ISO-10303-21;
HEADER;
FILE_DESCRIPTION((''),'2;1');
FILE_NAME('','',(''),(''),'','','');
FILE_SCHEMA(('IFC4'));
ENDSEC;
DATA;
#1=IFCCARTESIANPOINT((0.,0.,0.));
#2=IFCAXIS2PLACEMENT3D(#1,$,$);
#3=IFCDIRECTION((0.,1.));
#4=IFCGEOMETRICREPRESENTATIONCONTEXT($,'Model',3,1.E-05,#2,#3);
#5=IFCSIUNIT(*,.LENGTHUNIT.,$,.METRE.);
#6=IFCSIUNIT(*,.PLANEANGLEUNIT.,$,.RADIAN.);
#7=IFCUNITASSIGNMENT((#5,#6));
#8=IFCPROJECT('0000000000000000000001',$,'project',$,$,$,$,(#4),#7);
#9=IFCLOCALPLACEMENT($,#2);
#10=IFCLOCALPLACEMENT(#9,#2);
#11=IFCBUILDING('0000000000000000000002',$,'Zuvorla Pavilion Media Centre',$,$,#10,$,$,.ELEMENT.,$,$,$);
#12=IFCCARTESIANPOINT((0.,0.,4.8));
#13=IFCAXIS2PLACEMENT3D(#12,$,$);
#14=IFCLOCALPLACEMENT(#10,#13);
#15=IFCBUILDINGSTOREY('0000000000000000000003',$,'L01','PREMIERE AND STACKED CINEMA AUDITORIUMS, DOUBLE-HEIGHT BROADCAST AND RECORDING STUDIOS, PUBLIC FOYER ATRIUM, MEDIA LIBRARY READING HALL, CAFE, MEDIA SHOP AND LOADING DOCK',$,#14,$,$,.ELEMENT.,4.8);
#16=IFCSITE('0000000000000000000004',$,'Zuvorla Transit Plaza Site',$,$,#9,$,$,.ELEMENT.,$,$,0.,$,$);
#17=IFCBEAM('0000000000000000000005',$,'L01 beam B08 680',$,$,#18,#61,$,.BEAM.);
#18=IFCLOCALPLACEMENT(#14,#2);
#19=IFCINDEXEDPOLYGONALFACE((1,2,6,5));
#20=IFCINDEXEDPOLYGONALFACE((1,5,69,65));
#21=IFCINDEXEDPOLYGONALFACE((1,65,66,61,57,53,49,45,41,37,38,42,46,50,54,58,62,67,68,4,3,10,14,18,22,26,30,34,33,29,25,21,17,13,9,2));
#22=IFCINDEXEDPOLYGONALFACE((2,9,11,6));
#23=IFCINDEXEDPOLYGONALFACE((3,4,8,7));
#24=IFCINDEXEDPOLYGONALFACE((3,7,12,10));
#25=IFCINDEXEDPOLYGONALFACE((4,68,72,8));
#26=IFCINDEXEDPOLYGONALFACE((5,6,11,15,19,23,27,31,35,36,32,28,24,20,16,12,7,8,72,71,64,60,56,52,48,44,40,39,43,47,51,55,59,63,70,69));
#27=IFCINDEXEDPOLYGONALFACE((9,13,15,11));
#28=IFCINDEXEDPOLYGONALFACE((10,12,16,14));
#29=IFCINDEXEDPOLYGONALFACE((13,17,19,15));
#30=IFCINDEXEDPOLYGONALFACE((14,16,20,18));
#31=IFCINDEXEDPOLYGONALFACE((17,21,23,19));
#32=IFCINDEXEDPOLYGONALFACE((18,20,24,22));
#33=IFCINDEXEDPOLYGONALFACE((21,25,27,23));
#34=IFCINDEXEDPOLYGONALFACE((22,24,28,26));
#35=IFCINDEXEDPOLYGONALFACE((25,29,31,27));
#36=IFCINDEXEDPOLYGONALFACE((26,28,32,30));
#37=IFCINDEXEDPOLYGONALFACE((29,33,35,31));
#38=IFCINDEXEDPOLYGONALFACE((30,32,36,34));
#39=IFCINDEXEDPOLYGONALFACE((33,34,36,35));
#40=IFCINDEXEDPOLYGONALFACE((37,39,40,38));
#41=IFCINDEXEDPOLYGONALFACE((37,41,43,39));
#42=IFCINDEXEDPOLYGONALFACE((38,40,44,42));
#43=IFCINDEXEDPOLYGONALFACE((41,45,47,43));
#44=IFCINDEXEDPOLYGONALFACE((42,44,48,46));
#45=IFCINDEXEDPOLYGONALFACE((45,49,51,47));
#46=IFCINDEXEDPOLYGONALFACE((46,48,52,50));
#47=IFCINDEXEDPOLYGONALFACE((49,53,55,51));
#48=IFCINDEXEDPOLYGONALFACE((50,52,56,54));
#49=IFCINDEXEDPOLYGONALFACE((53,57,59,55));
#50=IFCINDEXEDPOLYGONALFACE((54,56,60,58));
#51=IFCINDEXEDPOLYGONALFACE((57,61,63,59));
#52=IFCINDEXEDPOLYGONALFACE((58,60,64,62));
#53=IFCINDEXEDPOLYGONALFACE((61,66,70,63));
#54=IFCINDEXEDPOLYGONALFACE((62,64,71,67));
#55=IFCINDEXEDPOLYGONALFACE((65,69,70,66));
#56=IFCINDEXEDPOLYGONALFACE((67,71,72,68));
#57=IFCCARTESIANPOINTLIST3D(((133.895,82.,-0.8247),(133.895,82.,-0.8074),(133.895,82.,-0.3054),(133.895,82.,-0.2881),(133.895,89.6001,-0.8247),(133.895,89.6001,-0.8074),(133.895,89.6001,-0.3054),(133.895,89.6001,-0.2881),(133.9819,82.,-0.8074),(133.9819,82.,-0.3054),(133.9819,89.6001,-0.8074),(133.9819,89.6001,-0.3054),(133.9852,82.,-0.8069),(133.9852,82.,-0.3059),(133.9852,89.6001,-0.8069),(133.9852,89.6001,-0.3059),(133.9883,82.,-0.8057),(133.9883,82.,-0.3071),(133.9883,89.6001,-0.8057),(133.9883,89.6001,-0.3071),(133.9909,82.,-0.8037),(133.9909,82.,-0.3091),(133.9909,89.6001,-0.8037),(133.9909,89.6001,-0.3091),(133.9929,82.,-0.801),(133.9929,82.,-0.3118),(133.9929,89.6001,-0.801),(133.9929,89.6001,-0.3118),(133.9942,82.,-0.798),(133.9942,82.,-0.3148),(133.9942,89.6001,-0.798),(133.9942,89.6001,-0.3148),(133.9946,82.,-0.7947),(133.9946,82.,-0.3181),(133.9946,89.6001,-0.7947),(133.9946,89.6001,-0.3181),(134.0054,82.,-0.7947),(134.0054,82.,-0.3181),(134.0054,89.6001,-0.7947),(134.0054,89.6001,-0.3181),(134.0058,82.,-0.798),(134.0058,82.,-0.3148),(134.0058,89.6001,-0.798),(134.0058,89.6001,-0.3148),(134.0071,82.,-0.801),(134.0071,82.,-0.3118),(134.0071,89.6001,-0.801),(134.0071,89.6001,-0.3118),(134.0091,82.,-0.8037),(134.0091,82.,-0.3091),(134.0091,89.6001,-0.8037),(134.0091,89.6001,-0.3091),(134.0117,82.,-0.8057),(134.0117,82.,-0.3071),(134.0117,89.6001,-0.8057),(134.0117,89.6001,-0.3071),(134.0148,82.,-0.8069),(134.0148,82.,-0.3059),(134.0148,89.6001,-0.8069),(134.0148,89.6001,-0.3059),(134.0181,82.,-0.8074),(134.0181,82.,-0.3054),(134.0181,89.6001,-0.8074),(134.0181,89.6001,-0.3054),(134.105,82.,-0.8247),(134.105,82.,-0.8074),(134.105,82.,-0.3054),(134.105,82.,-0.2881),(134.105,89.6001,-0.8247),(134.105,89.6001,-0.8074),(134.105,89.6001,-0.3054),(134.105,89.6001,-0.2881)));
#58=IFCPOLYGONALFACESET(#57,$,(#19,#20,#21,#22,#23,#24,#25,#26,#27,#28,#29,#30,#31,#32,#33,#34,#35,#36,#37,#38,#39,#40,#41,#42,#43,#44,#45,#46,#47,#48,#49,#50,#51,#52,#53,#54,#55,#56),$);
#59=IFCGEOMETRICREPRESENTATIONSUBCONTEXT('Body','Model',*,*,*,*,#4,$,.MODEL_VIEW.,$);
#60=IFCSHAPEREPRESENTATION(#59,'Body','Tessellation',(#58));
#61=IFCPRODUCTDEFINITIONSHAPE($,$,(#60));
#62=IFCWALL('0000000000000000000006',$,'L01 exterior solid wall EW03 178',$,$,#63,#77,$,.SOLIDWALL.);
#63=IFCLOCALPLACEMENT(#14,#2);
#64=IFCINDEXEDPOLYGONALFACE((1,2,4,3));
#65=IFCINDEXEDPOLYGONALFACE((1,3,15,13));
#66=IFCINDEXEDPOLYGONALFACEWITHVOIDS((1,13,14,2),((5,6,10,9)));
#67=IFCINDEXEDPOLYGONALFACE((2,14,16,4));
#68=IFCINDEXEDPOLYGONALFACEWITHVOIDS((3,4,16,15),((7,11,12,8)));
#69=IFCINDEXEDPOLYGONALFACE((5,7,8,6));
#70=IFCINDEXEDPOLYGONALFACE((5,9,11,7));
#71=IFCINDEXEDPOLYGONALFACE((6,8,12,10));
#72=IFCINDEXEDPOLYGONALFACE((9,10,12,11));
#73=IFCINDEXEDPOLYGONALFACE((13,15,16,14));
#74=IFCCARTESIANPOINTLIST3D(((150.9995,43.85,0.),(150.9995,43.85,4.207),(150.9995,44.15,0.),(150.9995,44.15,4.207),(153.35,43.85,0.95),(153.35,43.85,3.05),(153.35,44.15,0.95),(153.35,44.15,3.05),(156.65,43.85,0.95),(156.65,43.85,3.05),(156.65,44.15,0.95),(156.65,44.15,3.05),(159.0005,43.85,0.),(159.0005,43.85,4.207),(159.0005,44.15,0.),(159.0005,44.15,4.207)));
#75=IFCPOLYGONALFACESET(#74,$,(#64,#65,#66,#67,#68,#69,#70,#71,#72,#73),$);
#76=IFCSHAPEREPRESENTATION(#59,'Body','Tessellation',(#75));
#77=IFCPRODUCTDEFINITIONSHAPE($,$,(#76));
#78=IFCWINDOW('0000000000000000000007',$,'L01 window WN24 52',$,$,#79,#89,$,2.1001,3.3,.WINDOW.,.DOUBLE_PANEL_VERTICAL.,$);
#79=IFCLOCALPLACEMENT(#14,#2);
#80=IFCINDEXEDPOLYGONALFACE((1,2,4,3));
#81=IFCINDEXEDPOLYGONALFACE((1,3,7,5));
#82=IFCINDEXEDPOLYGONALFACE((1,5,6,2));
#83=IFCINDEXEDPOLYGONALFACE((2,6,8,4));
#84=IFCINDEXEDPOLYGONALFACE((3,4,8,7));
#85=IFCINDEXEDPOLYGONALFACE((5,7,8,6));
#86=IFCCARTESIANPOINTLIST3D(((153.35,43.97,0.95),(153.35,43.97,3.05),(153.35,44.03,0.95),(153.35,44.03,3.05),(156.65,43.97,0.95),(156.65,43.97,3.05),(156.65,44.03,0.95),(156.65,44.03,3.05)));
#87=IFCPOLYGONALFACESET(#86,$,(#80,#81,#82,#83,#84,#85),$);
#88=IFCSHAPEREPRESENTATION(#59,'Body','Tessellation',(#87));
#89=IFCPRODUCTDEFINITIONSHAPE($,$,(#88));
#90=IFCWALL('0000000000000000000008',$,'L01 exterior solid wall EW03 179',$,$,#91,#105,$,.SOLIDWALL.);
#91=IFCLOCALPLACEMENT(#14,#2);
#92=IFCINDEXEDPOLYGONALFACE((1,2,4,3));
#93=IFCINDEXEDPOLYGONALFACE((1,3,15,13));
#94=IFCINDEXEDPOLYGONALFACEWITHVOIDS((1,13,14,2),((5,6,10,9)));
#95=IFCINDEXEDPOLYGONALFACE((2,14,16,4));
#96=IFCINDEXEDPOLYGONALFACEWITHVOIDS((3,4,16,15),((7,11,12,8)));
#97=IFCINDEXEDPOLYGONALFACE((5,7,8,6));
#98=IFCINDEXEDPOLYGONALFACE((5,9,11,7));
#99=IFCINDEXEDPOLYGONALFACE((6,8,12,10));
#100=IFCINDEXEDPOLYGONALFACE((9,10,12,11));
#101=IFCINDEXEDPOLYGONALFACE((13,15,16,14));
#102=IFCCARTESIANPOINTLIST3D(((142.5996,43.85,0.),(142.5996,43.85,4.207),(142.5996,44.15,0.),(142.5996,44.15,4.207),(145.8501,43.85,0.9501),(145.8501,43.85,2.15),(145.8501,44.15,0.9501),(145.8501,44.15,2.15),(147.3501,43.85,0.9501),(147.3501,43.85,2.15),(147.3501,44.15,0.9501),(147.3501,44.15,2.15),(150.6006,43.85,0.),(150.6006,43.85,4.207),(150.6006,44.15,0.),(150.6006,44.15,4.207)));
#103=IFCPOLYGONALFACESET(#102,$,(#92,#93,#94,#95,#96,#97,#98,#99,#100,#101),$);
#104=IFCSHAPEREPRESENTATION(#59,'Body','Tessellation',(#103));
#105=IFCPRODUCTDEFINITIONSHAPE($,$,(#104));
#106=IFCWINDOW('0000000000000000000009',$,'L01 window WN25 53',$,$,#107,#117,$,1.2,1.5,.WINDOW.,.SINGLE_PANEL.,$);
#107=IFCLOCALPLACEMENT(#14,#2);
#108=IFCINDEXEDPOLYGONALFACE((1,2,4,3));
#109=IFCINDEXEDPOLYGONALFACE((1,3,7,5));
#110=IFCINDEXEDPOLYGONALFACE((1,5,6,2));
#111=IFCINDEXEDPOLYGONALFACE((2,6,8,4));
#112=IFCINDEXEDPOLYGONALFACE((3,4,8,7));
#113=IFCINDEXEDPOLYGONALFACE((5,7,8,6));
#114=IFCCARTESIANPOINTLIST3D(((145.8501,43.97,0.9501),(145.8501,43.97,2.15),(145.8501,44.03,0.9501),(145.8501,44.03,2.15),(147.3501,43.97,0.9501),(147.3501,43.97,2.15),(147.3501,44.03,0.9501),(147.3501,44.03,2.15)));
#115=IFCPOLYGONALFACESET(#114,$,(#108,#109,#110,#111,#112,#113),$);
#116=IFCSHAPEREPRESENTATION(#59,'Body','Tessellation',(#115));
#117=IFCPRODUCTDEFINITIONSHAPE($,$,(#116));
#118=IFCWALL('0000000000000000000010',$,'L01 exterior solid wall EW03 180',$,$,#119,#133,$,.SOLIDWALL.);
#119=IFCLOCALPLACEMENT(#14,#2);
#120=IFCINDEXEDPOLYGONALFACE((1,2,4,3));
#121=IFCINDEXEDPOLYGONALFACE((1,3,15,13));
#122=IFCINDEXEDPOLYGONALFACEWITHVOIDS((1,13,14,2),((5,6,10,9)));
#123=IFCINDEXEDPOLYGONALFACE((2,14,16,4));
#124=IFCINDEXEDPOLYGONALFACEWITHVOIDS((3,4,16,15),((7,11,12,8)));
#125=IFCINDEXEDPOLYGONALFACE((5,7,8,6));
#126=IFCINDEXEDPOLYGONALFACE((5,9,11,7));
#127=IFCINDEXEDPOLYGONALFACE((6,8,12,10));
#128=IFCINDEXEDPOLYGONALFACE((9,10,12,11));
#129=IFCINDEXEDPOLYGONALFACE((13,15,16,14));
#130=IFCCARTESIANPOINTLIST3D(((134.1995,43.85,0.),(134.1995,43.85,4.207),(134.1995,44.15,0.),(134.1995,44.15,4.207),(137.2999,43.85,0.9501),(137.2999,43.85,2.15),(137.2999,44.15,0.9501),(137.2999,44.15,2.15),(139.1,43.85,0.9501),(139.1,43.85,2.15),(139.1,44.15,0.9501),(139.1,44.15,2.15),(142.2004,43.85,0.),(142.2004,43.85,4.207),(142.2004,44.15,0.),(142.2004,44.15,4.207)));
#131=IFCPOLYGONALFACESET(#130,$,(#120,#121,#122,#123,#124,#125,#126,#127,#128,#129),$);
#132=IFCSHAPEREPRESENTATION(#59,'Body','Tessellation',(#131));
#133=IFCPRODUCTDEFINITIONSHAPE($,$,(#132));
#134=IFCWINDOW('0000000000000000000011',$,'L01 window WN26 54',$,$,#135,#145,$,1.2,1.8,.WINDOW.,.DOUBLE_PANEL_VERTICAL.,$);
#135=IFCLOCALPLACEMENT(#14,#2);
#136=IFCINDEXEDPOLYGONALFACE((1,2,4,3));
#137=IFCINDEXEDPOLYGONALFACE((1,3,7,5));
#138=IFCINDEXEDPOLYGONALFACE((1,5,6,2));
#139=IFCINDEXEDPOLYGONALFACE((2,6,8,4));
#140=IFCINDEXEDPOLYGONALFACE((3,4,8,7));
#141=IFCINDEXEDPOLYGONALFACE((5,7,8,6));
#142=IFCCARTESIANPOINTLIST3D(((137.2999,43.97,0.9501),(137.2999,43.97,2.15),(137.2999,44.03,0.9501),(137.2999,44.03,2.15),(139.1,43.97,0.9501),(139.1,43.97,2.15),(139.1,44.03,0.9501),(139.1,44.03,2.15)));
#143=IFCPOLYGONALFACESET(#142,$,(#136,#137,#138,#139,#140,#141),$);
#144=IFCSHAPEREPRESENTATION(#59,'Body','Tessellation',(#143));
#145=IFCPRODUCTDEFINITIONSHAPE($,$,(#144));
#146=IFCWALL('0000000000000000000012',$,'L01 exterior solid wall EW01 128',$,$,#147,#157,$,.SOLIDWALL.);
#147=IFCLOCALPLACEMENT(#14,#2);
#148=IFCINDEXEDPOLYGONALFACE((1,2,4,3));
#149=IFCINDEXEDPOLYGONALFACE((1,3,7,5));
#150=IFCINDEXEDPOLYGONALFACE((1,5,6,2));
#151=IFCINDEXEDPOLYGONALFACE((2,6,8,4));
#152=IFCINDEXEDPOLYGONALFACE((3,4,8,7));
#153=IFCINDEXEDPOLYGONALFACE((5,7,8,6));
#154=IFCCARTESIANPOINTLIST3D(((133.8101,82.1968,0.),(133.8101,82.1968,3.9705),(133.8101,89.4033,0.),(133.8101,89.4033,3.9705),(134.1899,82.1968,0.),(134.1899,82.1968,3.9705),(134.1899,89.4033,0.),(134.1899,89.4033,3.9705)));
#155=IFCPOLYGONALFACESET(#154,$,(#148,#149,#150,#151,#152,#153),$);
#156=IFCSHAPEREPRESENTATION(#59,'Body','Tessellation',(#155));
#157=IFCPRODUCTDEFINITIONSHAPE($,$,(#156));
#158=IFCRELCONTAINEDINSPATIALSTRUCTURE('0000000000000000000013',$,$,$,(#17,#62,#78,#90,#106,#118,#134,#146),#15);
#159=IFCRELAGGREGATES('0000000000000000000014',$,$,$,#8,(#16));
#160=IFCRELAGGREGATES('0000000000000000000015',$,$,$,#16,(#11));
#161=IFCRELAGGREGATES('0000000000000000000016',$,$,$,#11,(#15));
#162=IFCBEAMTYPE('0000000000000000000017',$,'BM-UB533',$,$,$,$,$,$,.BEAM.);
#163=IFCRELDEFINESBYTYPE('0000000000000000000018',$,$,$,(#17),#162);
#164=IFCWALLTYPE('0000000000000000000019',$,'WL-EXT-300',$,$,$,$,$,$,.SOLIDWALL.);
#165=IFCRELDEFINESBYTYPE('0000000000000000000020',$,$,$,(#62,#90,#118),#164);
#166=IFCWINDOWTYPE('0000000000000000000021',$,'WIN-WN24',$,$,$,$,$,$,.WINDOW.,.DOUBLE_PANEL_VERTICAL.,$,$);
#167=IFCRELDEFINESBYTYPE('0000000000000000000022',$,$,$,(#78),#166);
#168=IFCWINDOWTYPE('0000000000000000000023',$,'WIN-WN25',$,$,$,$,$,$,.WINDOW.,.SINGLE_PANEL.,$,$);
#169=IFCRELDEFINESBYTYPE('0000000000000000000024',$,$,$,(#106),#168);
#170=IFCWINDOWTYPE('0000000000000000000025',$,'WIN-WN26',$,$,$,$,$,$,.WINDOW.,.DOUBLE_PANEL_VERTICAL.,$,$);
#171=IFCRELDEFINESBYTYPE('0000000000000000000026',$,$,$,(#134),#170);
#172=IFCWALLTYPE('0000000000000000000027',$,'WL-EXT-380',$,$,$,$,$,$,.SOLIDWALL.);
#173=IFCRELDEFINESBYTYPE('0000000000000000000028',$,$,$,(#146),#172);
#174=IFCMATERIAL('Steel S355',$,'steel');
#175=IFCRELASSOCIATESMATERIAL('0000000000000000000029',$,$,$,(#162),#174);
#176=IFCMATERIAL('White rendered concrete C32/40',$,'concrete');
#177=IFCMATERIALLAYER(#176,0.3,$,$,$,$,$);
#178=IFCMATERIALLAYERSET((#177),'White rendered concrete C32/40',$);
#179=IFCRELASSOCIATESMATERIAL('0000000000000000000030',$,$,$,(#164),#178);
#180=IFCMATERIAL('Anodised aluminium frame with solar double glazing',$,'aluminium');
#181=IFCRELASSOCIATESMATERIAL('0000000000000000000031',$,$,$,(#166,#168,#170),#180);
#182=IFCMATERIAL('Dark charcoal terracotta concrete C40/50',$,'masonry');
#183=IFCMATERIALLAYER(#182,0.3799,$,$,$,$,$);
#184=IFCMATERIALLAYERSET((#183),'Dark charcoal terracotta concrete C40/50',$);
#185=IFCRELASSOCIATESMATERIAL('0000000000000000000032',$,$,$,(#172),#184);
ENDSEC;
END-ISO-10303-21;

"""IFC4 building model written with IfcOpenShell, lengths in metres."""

from ifc_helpers import new_model, si_unit, direction, frame, frame_2d, origin, origin_2d, place, context, subcontext, project, spatial, rectangle, i_section, extrude, material, layer, layer_set, material_profile, profile_set, type_object, element, fill, save


model = new_model("IFC4")

# Units and contexts
model_context = context("Model", 3, precision=1e-05, world=origin(), true_north=direction((0.0, 1.0)))
body_context = subcontext(model_context, "Body", "Model", "MODEL_VIEW")
ifc_project = project(units=[si_unit("LENGTHUNIT", "METRE"), si_unit("PLANEANGLEUNIT", "RADIAN")], contexts=[model_context])

# Site, building, storey
site_placement = place(None, origin())
site = spatial("IfcSite", under=ifc_project, at=site_placement, Name="Zuvorla Transit Plaza Site", CompositionType="ELEMENT", RefElevation=0.0)
building_placement = place(site_placement, origin())
building = spatial("IfcBuilding", under=site, at=building_placement, Name="Zuvorla Pavilion Media Centre", CompositionType="ELEMENT")
storey_placement = place(building_placement, frame((0.0, 0.0, 4.8)))
storey = spatial("IfcBuildingStorey", under=building, at=storey_placement, Name="L01", Description="PREMIERE AND STACKED CINEMA AUDITORIUMS, DOUBLE-HEIGHT BROADCAST AND RECORDING STUDIOS, PUBLIC FOYER ATRIUM, MEDIA LIBRARY READING HALL, CAFE, MEDIA SHOP AND LOADING DOCK", CompositionType="ELEMENT", Elevation=4.8)

# Shared definitions
ifc_material_1 = material(Name="Steel S355", Category="steel")

# Beam
ifc_material_profile_1 = material_profile(ifc_material_1, i_section(OverallWidth=0.21, OverallDepth=0.5366, WebThickness=0.0107, FlangeThickness=0.0173, FilletRadius=0.0127, at=origin_2d()), Name="UB 533x210x101")
ifc_profile_set_1 = profile_set([ifc_material_profile_1], Name="Steel S355")
beam_type_1 = type_object("IfcBeamType", Name="BM-UB533", PredefinedType="BEAM", material=ifc_profile_set_1)
beam_1_placement = place(storey_placement, frame((134.0, 82.0, -0.5564), z_axis=(0.0, 1.0, 0.0), x_axis=(-1.0, 0.0, 0.0)))
element("IfcBeam", 1, at=beam_1_placement, inside=storey, type_object=beam_type_1, Name="L01 beam B08 680", PredefinedType="BEAM", context=body_context, shape_type="SweptSolid", body=[
    extrude(i_section(OverallWidth=0.21, OverallDepth=0.5366, WebThickness=0.0107, FlangeThickness=0.0173, FilletRadius=0.0127, at=origin_2d()), origin(), (0.0, 0.0, 1.0), 7.6001),
])

# Walls, openings, windows
ifc_material_2 = material(Name="White rendered concrete C32/40", Category="concrete")
ifc_layer_1 = layer(ifc_material_2, 0.3)
ifc_layer_set_1 = layer_set([ifc_layer_1], Name="White rendered concrete C32/40")
wall_type_1 = type_object("IfcWallType", Name="WL-EXT-300", PredefinedType="SOLIDWALL", material=ifc_layer_set_1)
wall_1_placement = place(storey_placement, frame((159.0005, 44.0, 0.0), z_axis=(0.0, 0.0, 1.0), x_axis=(-1.0, 0.0, 0.0)))
wall_1 = element("IfcWall", 2, at=wall_1_placement, inside=storey, type_object=wall_type_1, Name="L01 exterior solid wall EW03 178", PredefinedType="SOLIDWALL", context=body_context, shape_type="SweptSolid", body=[
    extrude(rectangle(XDim=8.001, YDim=0.3, at=frame_2d((4.0005, 0.0))), origin(), (0.0, 0.0, 1.0), 4.207),
])
opening_1_placement = place(wall_1_placement, frame((2.3506, 0.0, 0.95)))
opening_1 = element("IfcOpeningElement", 3, at=opening_1_placement, cuts=wall_1, PredefinedType="OPENING", context=body_context, shape_type="SweptSolid", body=[
    extrude(rectangle(XDim=3.3, YDim=2.1001, at=frame_2d((1.6499, 1.05))), frame((0.0, 0.1599, 0.0), z_axis=(0.0, -1.0, 0.0), x_axis=(1.0, 0.0, 0.0)), (0.0, 0.0, 1.0), 0.3201),
])
ifc_material_3 = material(Name="Anodised aluminium frame with solar double glazing", Category="aluminium")
window_type_1 = type_object("IfcWindowType", Name="WIN-WN24", PartitioningType="DOUBLE_PANEL_VERTICAL", PredefinedType="WINDOW", material=ifc_material_3)
window_1_placement = place(opening_1_placement, origin())
window_1 = element("IfcWindow", 4, at=window_1_placement, inside=storey, type_object=window_type_1, Name="L01 window WN24 52", OverallHeight=2.1001, OverallWidth=3.3, PartitioningType="DOUBLE_PANEL_VERTICAL", PredefinedType="WINDOW", context=body_context, shape_type="SweptSolid", body=[
    extrude(rectangle(XDim=3.3, YDim=2.1001, at=frame_2d((1.6499, 1.05))), frame((0.0, 0.03, 0.0), z_axis=(0.0, -1.0, 0.0), x_axis=(1.0, 0.0, 0.0)), (0.0, 0.0, 1.0), 0.0601),
])
fill(opening_1, window_1)
wall_2_placement = place(storey_placement, frame((150.6006, 44.0, 0.0), z_axis=(0.0, 0.0, 1.0), x_axis=(-1.0, 0.0, 0.0)))
wall_2 = element("IfcWall", 5, at=wall_2_placement, inside=storey, type_object=wall_type_1, Name="L01 exterior solid wall EW03 179", PredefinedType="SOLIDWALL", context=body_context, shape_type="SweptSolid", body=[
    extrude(rectangle(XDim=8.001, YDim=0.3, at=frame_2d((4.0005, 0.0))), origin(), (0.0, 0.0, 1.0), 4.207),
])
opening_2_placement = place(wall_2_placement, frame((3.2505, 0.0, 0.95)))
opening_2 = element("IfcOpeningElement", 6, at=opening_2_placement, cuts=wall_2, PredefinedType="OPENING", context=body_context, shape_type="SweptSolid", body=[
    extrude(rectangle(XDim=1.5, YDim=1.2, at=frame_2d((0.75, 0.6001))), frame((0.0, 0.1599, 0.0), z_axis=(0.0, -1.0, 0.0), x_axis=(1.0, 0.0, 0.0)), (0.0, 0.0, 1.0), 0.3201),
])
window_type_2 = type_object("IfcWindowType", Name="WIN-WN25", PartitioningType="SINGLE_PANEL", PredefinedType="WINDOW", material=ifc_material_3)
window_2_placement = place(opening_2_placement, origin())
window_2 = element("IfcWindow", 7, at=window_2_placement, inside=storey, type_object=window_type_2, Name="L01 window WN25 53", OverallHeight=1.2, OverallWidth=1.5, PartitioningType="SINGLE_PANEL", PredefinedType="WINDOW", context=body_context, shape_type="SweptSolid", body=[
    extrude(rectangle(XDim=1.5, YDim=1.2, at=frame_2d((0.75, 0.6001))), frame((0.0, 0.03, 0.0), z_axis=(0.0, -1.0, 0.0), x_axis=(1.0, 0.0, 0.0)), (0.0, 0.0, 1.0), 0.0601),
])
fill(opening_2, window_2)
wall_3_placement = place(storey_placement, frame((142.2004, 44.0, 0.0), z_axis=(0.0, 0.0, 1.0), x_axis=(-1.0, 0.0, 0.0)))
wall_3 = element("IfcWall", 8, at=wall_3_placement, inside=storey, type_object=wall_type_1, Name="L01 exterior solid wall EW03 180", PredefinedType="SOLIDWALL", context=body_context, shape_type="SweptSolid", body=[
    extrude(rectangle(XDim=8.001, YDim=0.3, at=frame_2d((4.0005, 0.0))), origin(), (0.0, 0.0, 1.0), 4.207),
])
opening_3_placement = place(wall_3_placement, frame((3.1006, 0.0, 0.95)))
opening_3 = element("IfcOpeningElement", 9, at=opening_3_placement, cuts=wall_3, PredefinedType="OPENING", context=body_context, shape_type="SweptSolid", body=[
    extrude(rectangle(XDim=1.8, YDim=1.2, at=frame_2d((0.8999, 0.6001))), frame((0.0, 0.1599, 0.0), z_axis=(0.0, -1.0, 0.0), x_axis=(1.0, 0.0, 0.0)), (0.0, 0.0, 1.0), 0.3201),
])
window_type_3 = type_object("IfcWindowType", Name="WIN-WN26", PartitioningType="DOUBLE_PANEL_VERTICAL", PredefinedType="WINDOW", material=ifc_material_3)
window_3_placement = place(opening_3_placement, origin())
window_3 = element("IfcWindow", 10, at=window_3_placement, inside=storey, type_object=window_type_3, Name="L01 window WN26 54", OverallHeight=1.2, OverallWidth=1.8, PartitioningType="DOUBLE_PANEL_VERTICAL", PredefinedType="WINDOW", context=body_context, shape_type="SweptSolid", body=[
    extrude(rectangle(XDim=1.8, YDim=1.2, at=frame_2d((0.8999, 0.6001))), frame((0.0, 0.03, 0.0), z_axis=(0.0, -1.0, 0.0), x_axis=(1.0, 0.0, 0.0)), (0.0, 0.0, 1.0), 0.0601),
])
fill(opening_3, window_3)

# Wall
ifc_material_4 = material(Name="Dark charcoal terracotta concrete C40/50", Category="masonry")
ifc_layer_2 = layer(ifc_material_4, 0.3799)
ifc_layer_set_2 = layer_set([ifc_layer_2], Name="Dark charcoal terracotta concrete C40/50")
wall_type_2 = type_object("IfcWallType", Name="WL-EXT-380", PredefinedType="SOLIDWALL", material=ifc_layer_set_2)
wall_4_placement = place(storey_placement, frame((134.0, 82.1968, 0.0), z_axis=(0.0, 0.0, 1.0), x_axis=(0.0, 1.0, 0.0)))
element("IfcWall", 11, at=wall_4_placement, inside=storey, type_object=wall_type_2, Name="L01 exterior solid wall EW01 128", PredefinedType="SOLIDWALL", context=body_context, shape_type="SweptSolid", body=[
    extrude(rectangle(XDim=7.2065, YDim=0.3799, at=frame_2d((3.6033, 0.0))), origin(), (0.0, 0.0, 1.0), 3.9705),
])

save(model, "model.ifc")
